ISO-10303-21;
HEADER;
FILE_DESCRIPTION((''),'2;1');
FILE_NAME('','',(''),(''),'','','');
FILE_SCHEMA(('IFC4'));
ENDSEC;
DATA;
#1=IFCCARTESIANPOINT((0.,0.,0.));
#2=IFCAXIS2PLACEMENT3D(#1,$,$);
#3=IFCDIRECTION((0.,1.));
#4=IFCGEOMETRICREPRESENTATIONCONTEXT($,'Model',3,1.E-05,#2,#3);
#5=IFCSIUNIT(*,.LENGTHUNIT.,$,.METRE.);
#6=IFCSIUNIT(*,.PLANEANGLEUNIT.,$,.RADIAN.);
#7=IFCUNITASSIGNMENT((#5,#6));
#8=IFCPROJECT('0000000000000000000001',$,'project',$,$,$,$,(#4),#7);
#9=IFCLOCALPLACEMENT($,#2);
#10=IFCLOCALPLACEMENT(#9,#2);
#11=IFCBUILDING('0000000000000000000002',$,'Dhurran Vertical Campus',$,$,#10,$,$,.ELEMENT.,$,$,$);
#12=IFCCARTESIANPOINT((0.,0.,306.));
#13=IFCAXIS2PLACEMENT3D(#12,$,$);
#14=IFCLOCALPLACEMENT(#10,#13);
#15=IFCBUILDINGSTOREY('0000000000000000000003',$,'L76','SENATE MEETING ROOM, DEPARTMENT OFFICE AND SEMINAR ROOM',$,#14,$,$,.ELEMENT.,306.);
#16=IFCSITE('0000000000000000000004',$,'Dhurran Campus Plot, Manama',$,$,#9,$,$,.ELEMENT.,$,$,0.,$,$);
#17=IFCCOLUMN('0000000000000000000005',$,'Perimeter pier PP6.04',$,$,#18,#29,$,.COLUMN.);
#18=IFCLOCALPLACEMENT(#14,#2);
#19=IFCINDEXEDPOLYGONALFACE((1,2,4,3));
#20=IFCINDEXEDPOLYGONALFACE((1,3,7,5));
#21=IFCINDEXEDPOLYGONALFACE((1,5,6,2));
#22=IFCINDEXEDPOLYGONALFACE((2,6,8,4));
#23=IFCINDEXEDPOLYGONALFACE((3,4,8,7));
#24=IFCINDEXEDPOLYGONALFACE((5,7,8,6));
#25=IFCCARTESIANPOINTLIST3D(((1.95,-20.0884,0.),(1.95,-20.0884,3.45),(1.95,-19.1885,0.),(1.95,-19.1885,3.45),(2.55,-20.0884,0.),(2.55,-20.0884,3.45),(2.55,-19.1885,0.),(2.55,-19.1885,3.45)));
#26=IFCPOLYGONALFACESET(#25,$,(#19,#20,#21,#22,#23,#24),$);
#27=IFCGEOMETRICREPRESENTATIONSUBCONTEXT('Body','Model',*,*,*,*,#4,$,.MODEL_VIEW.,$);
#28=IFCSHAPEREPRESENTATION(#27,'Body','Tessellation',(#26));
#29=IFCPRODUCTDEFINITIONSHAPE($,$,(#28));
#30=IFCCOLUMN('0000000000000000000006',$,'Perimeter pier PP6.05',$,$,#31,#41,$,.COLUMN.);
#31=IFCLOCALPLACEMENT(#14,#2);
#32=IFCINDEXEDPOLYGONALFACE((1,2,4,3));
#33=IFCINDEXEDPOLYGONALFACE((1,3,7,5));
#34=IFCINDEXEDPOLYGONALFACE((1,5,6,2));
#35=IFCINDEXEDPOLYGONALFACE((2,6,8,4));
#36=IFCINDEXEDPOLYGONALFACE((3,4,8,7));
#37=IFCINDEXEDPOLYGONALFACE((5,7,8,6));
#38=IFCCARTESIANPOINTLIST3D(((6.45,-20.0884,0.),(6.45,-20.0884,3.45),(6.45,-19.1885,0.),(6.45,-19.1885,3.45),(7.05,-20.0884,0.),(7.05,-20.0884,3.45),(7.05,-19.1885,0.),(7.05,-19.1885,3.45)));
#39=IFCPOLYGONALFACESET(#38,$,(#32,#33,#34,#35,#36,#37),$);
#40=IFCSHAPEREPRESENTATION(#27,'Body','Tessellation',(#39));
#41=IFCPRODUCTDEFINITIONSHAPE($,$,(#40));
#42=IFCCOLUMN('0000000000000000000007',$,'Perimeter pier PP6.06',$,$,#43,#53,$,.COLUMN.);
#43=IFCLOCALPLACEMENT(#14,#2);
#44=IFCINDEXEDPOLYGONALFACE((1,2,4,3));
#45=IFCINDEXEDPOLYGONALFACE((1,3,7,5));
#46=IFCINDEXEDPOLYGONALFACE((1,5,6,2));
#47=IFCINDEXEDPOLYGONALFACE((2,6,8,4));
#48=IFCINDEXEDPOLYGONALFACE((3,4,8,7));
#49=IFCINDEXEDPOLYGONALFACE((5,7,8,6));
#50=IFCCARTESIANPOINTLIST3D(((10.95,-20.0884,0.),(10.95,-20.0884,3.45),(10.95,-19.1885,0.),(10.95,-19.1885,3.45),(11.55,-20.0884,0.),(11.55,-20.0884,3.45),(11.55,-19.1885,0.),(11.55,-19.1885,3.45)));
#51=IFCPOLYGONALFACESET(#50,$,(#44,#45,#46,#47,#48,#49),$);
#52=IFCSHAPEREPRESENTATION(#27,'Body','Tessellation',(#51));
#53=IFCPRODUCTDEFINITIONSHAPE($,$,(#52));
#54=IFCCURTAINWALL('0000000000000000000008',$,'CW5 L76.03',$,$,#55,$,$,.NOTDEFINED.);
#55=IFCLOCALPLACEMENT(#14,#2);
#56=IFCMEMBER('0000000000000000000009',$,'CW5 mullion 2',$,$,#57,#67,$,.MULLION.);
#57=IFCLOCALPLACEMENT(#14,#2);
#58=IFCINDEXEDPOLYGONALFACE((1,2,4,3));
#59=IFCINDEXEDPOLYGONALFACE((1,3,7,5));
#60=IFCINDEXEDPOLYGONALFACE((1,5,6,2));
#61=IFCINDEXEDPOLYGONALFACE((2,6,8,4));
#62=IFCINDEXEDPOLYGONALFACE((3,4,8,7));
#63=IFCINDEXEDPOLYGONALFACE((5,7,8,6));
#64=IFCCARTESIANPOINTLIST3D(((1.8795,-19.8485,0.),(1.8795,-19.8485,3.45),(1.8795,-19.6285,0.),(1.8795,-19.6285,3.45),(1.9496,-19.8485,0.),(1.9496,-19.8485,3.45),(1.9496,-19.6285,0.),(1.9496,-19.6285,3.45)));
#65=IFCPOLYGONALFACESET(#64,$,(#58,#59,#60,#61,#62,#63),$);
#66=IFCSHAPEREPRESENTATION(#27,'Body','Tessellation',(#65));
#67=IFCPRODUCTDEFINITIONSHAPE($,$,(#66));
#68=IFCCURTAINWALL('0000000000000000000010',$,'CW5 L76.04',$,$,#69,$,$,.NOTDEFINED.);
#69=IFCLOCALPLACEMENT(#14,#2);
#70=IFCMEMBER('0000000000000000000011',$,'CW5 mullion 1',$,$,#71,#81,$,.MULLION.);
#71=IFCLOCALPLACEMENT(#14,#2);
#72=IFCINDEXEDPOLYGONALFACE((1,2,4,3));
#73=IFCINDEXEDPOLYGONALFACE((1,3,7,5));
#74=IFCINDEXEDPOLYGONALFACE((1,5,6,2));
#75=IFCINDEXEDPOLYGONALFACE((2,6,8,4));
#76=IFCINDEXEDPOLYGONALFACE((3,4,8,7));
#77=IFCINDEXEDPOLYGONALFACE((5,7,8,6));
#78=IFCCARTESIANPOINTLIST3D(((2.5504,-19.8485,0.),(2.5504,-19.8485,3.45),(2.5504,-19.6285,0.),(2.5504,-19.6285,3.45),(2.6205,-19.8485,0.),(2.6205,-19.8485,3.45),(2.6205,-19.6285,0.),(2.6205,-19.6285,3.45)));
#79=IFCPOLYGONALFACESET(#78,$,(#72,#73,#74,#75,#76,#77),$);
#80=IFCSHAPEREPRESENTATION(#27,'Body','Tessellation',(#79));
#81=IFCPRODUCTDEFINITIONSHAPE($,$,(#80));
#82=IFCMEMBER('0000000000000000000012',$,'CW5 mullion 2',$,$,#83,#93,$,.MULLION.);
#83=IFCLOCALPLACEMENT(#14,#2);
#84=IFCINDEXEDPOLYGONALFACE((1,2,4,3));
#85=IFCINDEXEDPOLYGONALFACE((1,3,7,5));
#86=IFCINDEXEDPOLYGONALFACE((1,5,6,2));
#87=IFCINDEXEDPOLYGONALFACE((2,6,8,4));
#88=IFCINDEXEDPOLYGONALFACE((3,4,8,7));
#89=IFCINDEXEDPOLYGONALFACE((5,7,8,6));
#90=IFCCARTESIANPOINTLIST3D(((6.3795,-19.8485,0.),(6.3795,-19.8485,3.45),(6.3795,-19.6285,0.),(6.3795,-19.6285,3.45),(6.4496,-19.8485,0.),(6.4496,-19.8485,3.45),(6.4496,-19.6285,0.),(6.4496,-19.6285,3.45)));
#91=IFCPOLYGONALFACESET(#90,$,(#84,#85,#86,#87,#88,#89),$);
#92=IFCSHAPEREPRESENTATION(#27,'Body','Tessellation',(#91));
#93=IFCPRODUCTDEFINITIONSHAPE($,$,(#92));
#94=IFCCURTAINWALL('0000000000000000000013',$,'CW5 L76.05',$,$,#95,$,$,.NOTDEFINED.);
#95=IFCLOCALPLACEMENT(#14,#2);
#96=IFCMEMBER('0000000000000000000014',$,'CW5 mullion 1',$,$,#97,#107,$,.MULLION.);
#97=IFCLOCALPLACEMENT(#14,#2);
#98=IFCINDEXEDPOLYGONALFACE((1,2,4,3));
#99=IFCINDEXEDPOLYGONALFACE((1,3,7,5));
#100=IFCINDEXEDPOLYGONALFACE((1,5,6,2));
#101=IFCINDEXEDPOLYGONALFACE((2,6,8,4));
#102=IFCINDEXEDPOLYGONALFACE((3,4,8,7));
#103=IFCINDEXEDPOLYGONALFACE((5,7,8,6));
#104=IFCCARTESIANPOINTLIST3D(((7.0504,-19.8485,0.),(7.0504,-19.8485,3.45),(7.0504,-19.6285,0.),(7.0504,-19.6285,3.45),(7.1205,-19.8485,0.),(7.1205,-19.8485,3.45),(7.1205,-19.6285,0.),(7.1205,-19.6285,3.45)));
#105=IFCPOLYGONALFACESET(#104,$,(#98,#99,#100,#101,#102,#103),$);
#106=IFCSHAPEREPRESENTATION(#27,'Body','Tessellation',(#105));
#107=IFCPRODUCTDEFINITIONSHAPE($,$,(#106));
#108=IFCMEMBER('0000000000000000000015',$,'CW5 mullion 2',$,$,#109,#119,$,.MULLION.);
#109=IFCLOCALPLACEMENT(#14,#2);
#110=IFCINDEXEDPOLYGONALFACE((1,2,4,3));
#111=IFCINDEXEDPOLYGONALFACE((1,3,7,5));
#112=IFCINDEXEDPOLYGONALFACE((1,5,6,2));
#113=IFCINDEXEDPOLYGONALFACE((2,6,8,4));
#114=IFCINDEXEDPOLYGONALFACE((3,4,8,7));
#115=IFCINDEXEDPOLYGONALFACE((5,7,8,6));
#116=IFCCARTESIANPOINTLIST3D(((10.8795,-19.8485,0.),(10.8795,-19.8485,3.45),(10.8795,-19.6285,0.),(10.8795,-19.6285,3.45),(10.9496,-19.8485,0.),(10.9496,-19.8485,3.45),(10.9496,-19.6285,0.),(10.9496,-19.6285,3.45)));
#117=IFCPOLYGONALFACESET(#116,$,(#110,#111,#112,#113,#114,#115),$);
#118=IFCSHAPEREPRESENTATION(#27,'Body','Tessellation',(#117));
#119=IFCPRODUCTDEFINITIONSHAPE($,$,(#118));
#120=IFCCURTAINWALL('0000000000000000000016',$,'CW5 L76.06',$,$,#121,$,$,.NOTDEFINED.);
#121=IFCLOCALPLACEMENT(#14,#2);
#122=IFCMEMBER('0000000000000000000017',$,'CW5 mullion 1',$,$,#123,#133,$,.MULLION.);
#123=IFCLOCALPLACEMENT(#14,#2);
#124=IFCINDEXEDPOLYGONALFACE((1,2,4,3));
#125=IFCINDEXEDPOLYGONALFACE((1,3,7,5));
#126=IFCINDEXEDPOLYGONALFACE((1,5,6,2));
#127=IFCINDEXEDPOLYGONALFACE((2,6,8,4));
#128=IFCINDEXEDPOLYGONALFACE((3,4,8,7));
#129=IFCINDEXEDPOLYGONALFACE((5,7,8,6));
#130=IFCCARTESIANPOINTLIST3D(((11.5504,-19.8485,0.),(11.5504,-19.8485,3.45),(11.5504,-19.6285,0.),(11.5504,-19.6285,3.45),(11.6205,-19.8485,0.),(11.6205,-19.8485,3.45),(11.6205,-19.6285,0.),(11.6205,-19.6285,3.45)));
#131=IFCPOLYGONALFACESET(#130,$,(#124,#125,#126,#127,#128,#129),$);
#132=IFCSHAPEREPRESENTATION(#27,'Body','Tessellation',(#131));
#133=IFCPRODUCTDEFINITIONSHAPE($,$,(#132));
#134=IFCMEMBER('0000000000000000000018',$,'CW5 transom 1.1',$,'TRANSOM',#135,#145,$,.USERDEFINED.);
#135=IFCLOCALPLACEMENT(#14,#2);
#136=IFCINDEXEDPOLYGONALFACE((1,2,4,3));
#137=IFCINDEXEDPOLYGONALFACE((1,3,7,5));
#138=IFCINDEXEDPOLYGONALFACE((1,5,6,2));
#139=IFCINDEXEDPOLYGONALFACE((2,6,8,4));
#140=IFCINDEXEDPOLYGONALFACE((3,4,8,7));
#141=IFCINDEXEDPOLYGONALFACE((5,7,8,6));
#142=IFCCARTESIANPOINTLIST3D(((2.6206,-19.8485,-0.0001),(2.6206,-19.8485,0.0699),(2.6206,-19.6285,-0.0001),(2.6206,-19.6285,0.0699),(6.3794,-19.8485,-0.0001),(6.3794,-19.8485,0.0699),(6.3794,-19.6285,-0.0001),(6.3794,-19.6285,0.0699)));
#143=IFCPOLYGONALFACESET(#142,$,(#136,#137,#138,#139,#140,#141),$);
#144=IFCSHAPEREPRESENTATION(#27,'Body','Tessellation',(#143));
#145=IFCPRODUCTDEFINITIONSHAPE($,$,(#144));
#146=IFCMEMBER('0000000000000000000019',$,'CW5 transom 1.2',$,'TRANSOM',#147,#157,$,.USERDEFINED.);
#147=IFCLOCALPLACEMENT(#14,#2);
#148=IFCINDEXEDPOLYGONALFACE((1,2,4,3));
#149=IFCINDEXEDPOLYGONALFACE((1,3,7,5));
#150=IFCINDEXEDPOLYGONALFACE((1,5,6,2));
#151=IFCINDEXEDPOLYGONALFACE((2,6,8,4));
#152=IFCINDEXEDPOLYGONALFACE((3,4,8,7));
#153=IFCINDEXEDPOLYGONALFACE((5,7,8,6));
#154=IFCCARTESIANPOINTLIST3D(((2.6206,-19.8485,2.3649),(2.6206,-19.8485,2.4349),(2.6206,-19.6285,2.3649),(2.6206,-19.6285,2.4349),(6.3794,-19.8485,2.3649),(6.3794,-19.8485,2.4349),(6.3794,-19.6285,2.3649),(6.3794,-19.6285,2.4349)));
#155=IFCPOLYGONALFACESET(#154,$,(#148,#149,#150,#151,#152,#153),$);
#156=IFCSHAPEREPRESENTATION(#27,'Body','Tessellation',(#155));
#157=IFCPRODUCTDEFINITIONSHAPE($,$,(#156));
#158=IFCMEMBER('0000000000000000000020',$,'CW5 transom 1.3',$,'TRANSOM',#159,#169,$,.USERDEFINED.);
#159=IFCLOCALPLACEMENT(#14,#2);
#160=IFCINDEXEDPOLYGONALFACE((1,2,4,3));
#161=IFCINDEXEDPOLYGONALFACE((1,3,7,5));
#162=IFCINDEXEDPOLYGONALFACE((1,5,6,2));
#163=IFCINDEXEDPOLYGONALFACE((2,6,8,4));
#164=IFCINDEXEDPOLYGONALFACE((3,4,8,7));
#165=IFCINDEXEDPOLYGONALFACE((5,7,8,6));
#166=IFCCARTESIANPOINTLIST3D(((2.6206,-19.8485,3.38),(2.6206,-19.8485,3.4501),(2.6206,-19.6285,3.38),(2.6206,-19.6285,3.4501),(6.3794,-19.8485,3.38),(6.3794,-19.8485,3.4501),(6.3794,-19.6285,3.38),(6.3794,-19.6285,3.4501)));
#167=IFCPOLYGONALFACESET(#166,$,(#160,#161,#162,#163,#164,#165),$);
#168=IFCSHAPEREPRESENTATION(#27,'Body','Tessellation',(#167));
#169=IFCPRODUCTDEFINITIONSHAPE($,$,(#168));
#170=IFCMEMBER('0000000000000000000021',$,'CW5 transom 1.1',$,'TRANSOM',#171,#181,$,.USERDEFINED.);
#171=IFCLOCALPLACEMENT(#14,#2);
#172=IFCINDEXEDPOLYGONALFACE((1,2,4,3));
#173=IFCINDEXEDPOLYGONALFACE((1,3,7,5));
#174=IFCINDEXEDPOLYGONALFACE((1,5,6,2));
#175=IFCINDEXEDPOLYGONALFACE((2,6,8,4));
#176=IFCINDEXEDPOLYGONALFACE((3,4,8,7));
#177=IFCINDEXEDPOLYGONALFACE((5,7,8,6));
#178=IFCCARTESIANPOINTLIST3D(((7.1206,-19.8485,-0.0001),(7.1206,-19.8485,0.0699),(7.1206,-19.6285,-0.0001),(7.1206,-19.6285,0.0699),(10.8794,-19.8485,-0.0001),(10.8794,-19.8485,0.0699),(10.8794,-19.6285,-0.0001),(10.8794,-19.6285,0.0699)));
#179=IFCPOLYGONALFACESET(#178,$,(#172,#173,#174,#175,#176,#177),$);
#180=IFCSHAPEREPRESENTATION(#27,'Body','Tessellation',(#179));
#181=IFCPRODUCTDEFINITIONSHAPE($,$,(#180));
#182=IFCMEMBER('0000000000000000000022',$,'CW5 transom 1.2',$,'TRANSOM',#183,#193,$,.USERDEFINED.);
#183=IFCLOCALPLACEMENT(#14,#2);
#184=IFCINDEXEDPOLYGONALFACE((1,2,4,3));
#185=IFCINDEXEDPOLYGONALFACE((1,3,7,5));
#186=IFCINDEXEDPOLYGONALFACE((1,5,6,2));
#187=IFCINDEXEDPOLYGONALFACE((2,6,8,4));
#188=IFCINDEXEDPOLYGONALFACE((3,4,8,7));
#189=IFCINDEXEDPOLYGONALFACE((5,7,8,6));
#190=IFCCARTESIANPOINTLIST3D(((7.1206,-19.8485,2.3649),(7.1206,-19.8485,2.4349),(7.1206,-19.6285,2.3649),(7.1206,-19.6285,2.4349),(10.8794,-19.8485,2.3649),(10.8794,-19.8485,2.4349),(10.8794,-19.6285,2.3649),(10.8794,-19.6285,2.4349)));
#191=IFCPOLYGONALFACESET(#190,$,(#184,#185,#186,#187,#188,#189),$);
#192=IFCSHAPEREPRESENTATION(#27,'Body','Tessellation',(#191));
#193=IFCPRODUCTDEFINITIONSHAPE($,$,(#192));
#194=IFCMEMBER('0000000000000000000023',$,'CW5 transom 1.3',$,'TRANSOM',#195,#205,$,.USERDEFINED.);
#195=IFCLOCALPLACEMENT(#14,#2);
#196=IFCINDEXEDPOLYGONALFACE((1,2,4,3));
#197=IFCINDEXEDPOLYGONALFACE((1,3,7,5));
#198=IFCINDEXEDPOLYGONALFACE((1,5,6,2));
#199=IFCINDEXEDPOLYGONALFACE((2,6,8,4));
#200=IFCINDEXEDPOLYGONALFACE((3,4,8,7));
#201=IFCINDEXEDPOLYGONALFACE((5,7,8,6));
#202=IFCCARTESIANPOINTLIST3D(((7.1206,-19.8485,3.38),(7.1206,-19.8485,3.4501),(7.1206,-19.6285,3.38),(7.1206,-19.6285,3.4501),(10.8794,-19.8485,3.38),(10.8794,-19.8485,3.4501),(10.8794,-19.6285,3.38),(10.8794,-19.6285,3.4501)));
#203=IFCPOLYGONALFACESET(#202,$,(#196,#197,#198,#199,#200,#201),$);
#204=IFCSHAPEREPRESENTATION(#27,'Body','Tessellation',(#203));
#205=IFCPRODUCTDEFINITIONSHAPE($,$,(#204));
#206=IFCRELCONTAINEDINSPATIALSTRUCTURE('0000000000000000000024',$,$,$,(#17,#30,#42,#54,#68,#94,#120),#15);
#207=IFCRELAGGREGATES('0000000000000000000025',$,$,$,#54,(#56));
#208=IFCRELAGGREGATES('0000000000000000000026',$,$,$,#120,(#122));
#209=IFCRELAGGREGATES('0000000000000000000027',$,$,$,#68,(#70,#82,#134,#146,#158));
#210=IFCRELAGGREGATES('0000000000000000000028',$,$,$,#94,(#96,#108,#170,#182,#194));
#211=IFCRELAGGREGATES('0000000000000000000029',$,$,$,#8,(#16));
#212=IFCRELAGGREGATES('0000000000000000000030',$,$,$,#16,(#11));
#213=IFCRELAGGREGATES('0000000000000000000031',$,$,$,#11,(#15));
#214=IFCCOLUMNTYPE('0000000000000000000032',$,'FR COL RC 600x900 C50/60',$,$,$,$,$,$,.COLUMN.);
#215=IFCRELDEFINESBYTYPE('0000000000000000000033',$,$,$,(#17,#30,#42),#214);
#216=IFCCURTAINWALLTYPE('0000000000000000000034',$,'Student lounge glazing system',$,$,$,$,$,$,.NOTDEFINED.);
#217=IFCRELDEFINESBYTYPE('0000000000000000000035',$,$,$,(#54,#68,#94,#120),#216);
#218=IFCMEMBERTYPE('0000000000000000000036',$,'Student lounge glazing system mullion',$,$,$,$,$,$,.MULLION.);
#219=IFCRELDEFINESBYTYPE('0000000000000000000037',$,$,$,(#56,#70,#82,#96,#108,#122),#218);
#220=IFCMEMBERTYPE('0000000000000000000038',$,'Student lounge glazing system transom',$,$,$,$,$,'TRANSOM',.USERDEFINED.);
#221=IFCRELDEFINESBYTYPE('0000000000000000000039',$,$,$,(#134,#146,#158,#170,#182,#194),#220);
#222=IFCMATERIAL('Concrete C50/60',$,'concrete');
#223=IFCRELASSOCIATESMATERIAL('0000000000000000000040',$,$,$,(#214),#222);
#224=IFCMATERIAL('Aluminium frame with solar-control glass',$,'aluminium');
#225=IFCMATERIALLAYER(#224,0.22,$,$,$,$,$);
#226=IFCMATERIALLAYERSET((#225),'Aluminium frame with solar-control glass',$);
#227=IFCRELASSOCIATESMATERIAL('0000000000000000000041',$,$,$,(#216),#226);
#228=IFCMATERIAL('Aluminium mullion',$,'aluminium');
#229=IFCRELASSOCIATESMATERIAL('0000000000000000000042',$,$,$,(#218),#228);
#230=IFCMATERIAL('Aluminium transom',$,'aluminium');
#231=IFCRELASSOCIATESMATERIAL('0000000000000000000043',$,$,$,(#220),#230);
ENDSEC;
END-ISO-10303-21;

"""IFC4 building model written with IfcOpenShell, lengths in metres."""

from ifc_helpers import new_model, si_unit, direction, frame, origin, origin_2d, place, context, subcontext, project, spatial, rectangle, extrude, material, layer, layer_set, material_profile, profile_set, type_object, element, aggregate, save


model = new_model("IFC4")

# Units and contexts
model_context = context("Model", 3, precision=1e-05, world=origin(), true_north=direction((0.0, 1.0)))
body_context = subcontext(model_context, "Body", "Model", "MODEL_VIEW")
ifc_project = project(units=[si_unit("LENGTHUNIT", "METRE"), si_unit("PLANEANGLEUNIT", "RADIAN")], contexts=[model_context])

# Site, building, storey
site_placement = place(None, origin())
site = spatial("IfcSite", under=ifc_project, at=site_placement, Name="Dhurran Campus Plot, Manama", CompositionType="ELEMENT", RefElevation=0.0)
building_placement = place(site_placement, origin())
building = spatial("IfcBuilding", under=site, at=building_placement, Name="Dhurran Vertical Campus", CompositionType="ELEMENT")
storey_placement = place(building_placement, frame((0.0, 0.0, 306.0)))
storey = spatial("IfcBuildingStorey", under=building, at=storey_placement, Name="L76", Description="SENATE MEETING ROOM, DEPARTMENT OFFICE AND SEMINAR ROOM", CompositionType="ELEMENT", Elevation=306.0)

# Columns
ifc_material_1 = material(Name="Concrete C50/60", Category="concrete")
ifc_material_profile_1 = material_profile(ifc_material_1, rectangle(XDim=0.6001, YDim=0.8999, at=origin_2d()), Name="RC 600x900")
ifc_profile_set_1 = profile_set([ifc_material_profile_1], Name="Concrete C50/60")
column_type = type_object("IfcColumnType", Name="FR COL RC 600x900 C50/60", PredefinedType="COLUMN", material=ifc_profile_set_1)
for number, where, z_axis, x_axis, name in (
    (1, (2.25, -19.6384, 0.0), (0.0, 0.0, 1.0), (1.0, 0.0, 0.0), "Perimeter pier PP6.04"),
    (2, (6.75, -19.6384, 0.0), (0.0, 0.0, 1.0), (1.0, 0.0, 0.0), "Perimeter pier PP6.05"),
    (3, (11.25, -19.6384, 0.0), (0.0, 0.0, 1.0), (1.0, 0.0, 0.0), "Perimeter pier PP6.06"),
):
    element("IfcColumn", number, at=place(storey_placement, frame(where, z_axis=z_axis, x_axis=x_axis)), inside=storey, type_object=column_type, Name=name, PredefinedType="COLUMN", context=body_context, shape_type="SweptSolid", body=[
        extrude(rectangle(XDim=0.6001, YDim=0.8999, at=origin_2d()), origin(), (0.0, 0.0, 1.0), 3.45),
    ])

# Curtain wall, member
ifc_material_2 = material(Name="Aluminium frame with solar-control glass", Category="aluminium")
ifc_layer_1 = layer(ifc_material_2, 0.22)
ifc_layer_set_1 = layer_set([ifc_layer_1], Name="Aluminium frame with solar-control glass")
curtain_wall_type = type_object("IfcCurtainWallType", Name="Student lounge glazing system", PredefinedType="NOTDEFINED", material=ifc_layer_set_1)
curtain_wall_1_placement = place(storey_placement, origin())
curtain_wall_1 = element("IfcCurtainWall", 4, at=curtain_wall_1_placement, inside=storey, type_object=curtain_wall_type, Name="CW5 L76.03", PredefinedType="NOTDEFINED")
ifc_material_3 = material(Name="Aluminium mullion", Category="aluminium")
ifc_material_profile_2 = material_profile(ifc_material_3, rectangle(XDim=0.22, YDim=0.0701, at=origin_2d()), Name="Student lounge glazing system mullion")
ifc_profile_set_2 = profile_set([ifc_material_profile_2], Name="Aluminium mullion")
member_type_1 = type_object("IfcMemberType", Name="Student lounge glazing system mullion", PredefinedType="MULLION", material=ifc_profile_set_2)
member_1_placement = place(storey_placement, frame((1.9146, -19.7385, 0.0), z_axis=(0.0, 0.0, 1.0), x_axis=(0.0, 1.0, 0.0)))
member_1 = element("IfcMember", 5, at=member_1_placement, type_object=member_type_1, Name="CW5 mullion 2", PredefinedType="MULLION", context=body_context, shape_type="SweptSolid", body=[
    extrude(rectangle(XDim=0.22, YDim=0.0701, at=origin_2d()), origin(), (0.0, 0.0, 1.0), 3.45),
])
aggregate(curtain_wall_1, [member_1])

# Curtain walls, members
curtain_wall_2_placement = place(storey_placement, origin())
curtain_wall_2 = element("IfcCurtainWall", 6, at=curtain_wall_2_placement, inside=storey, type_object=curtain_wall_type, Name="CW5 L76.04", PredefinedType="NOTDEFINED")
member_2_placement = place(storey_placement, frame((2.5854, -19.7385, 0.0), z_axis=(0.0, 0.0, 1.0), x_axis=(0.0, 1.0, 0.0)))
member_2 = element("IfcMember", 7, at=member_2_placement, type_object=member_type_1, Name="CW5 mullion 1", PredefinedType="MULLION", context=body_context, shape_type="SweptSolid", body=[
    extrude(rectangle(XDim=0.22, YDim=0.0701, at=origin_2d()), origin(), (0.0, 0.0, 1.0), 3.45),
])
member_3_placement = place(storey_placement, frame((6.4146, -19.7385, 0.0), z_axis=(0.0, 0.0, 1.0), x_axis=(0.0, 1.0, 0.0)))
member_3 = element("IfcMember", 8, at=member_3_placement, type_object=member_type_1, Name="CW5 mullion 2", PredefinedType="MULLION", context=body_context, shape_type="SweptSolid", body=[
    extrude(rectangle(XDim=0.22, YDim=0.0701, at=origin_2d()), origin(), (0.0, 0.0, 1.0), 3.45),
])
curtain_wall_3_placement = place(storey_placement, origin())
curtain_wall_3 = element("IfcCurtainWall", 9, at=curtain_wall_3_placement, inside=storey, type_object=curtain_wall_type, Name="CW5 L76.05", PredefinedType="NOTDEFINED")
member_4_placement = place(storey_placement, frame((7.0854, -19.7385, 0.0), z_axis=(0.0, 0.0, 1.0), x_axis=(0.0, 1.0, 0.0)))
member_4 = element("IfcMember", 10, at=member_4_placement, type_object=member_type_1, Name="CW5 mullion 1", PredefinedType="MULLION", context=body_context, shape_type="SweptSolid", body=[
    extrude(rectangle(XDim=0.22, YDim=0.0701, at=origin_2d()), origin(), (0.0, 0.0, 1.0), 3.45),
])
member_5_placement = place(storey_placement, frame((10.9146, -19.7385, 0.0), z_axis=(0.0, 0.0, 1.0), x_axis=(0.0, 1.0, 0.0)))
member_5 = element("IfcMember", 11, at=member_5_placement, type_object=member_type_1, Name="CW5 mullion 2", PredefinedType="MULLION", context=body_context, shape_type="SweptSolid", body=[
    extrude(rectangle(XDim=0.22, YDim=0.0701, at=origin_2d()), origin(), (0.0, 0.0, 1.0), 3.45),
])

# Curtain wall, member
curtain_wall_4_placement = place(storey_placement, origin())
curtain_wall_4 = element("IfcCurtainWall", 12, at=curtain_wall_4_placement, inside=storey, type_object=curtain_wall_type, Name="CW5 L76.06", PredefinedType="NOTDEFINED")
member_6_placement = place(storey_placement, frame((11.5854, -19.7385, 0.0), z_axis=(0.0, 0.0, 1.0), x_axis=(0.0, 1.0, 0.0)))
member_6 = element("IfcMember", 13, at=member_6_placement, type_object=member_type_1, Name="CW5 mullion 1", PredefinedType="MULLION", context=body_context, shape_type="SweptSolid", body=[
    extrude(rectangle(XDim=0.22, YDim=0.0701, at=origin_2d()), origin(), (0.0, 0.0, 1.0), 3.45),
])

# Members
ifc_material_4 = material(Name="Aluminium transom", Category="aluminium")
ifc_material_profile_3 = material_profile(ifc_material_4, rectangle(XDim=0.22, YDim=0.0701, at=origin_2d()), Name="Student lounge glazing system transom")
ifc_profile_set_3 = profile_set([ifc_material_profile_3], Name="Aluminium transom")
member_type_2 = type_object("IfcMemberType", Name="Student lounge glazing system transom", ElementType="TRANSOM", PredefinedType="USERDEFINED", material=ifc_profile_set_3)
member_7_placement = place(storey_placement, frame((2.6206, -19.7385, 0.0349), z_axis=(1.0, 0.0, 0.0), x_axis=(0.0, 1.0, 0.0)))
member_7 = element("IfcMember", 14, at=member_7_placement, type_object=member_type_2, Name="CW5 transom 1.1", ObjectType="TRANSOM", PredefinedType="USERDEFINED", context=body_context, shape_type="SweptSolid", body=[
    extrude(rectangle(XDim=0.22, YDim=0.0701, at=origin_2d()), origin(), (0.0, 0.0, 1.0), 3.7588),
])
member_8_placement = place(storey_placement, frame((2.6206, -19.7385, 2.3999), z_axis=(1.0, 0.0, 0.0), x_axis=(0.0, 1.0, 0.0)))
member_8 = element("IfcMember", 15, at=member_8_placement, type_object=member_type_2, Name="CW5 transom 1.2", ObjectType="TRANSOM", PredefinedType="USERDEFINED", context=body_context, shape_type="SweptSolid", body=[
    extrude(rectangle(XDim=0.22, YDim=0.0701, at=origin_2d()), origin(), (0.0, 0.0, 1.0), 3.7588),
])
member_9_placement = place(storey_placement, frame((2.6206, -19.7385, 3.415), z_axis=(1.0, 0.0, 0.0), x_axis=(0.0, 1.0, 0.0)))
member_9 = element("IfcMember", 16, at=member_9_placement, type_object=member_type_2, Name="CW5 transom 1.3", ObjectType="TRANSOM", PredefinedType="USERDEFINED", context=body_context, shape_type="SweptSolid", body=[
    extrude(rectangle(XDim=0.22, YDim=0.0701, at=origin_2d()), origin(), (0.0, 0.0, 1.0), 3.7588),
])
member_10_placement = place(storey_placement, frame((7.1206, -19.7385, 0.0349), z_axis=(1.0, 0.0, 0.0), x_axis=(0.0, 1.0, 0.0)))
member_10 = element("IfcMember", 17, at=member_10_placement, type_object=member_type_2, Name="CW5 transom 1.1", ObjectType="TRANSOM", PredefinedType="USERDEFINED", context=body_context, shape_type="SweptSolid", body=[
    extrude(rectangle(XDim=0.22, YDim=0.0701, at=origin_2d()), origin(), (0.0, 0.0, 1.0), 3.7588),
])
member_11_placement = place(storey_placement, frame((7.1206, -19.7385, 2.3999), z_axis=(1.0, 0.0, 0.0), x_axis=(0.0, 1.0, 0.0)))
member_11 = element("IfcMember", 18, at=member_11_placement, type_object=member_type_2, Name="CW5 transom 1.2", ObjectType="TRANSOM", PredefinedType="USERDEFINED", context=body_context, shape_type="SweptSolid", body=[
    extrude(rectangle(XDim=0.22, YDim=0.0701, at=origin_2d()), origin(), (0.0, 0.0, 1.0), 3.7588),
])
member_12_placement = place(storey_placement, frame((7.1206, -19.7385, 3.415), z_axis=(1.0, 0.0, 0.0), x_axis=(0.0, 1.0, 0.0)))
member_12 = element("IfcMember", 19, at=member_12_placement, type_object=member_type_2, Name="CW5 transom 1.3", ObjectType="TRANSOM", PredefinedType="USERDEFINED", context=body_context, shape_type="SweptSolid", body=[
    extrude(rectangle(XDim=0.22, YDim=0.0701, at=origin_2d()), origin(), (0.0, 0.0, 1.0), 3.7588),
])
aggregate(curtain_wall_4, [member_6])

aggregate(curtain_wall_2, [member_2, member_3, member_7, member_8, member_9])
aggregate(curtain_wall_3, [member_4, member_5, member_10, member_11, member_12])

save(model, "model.ifc")
